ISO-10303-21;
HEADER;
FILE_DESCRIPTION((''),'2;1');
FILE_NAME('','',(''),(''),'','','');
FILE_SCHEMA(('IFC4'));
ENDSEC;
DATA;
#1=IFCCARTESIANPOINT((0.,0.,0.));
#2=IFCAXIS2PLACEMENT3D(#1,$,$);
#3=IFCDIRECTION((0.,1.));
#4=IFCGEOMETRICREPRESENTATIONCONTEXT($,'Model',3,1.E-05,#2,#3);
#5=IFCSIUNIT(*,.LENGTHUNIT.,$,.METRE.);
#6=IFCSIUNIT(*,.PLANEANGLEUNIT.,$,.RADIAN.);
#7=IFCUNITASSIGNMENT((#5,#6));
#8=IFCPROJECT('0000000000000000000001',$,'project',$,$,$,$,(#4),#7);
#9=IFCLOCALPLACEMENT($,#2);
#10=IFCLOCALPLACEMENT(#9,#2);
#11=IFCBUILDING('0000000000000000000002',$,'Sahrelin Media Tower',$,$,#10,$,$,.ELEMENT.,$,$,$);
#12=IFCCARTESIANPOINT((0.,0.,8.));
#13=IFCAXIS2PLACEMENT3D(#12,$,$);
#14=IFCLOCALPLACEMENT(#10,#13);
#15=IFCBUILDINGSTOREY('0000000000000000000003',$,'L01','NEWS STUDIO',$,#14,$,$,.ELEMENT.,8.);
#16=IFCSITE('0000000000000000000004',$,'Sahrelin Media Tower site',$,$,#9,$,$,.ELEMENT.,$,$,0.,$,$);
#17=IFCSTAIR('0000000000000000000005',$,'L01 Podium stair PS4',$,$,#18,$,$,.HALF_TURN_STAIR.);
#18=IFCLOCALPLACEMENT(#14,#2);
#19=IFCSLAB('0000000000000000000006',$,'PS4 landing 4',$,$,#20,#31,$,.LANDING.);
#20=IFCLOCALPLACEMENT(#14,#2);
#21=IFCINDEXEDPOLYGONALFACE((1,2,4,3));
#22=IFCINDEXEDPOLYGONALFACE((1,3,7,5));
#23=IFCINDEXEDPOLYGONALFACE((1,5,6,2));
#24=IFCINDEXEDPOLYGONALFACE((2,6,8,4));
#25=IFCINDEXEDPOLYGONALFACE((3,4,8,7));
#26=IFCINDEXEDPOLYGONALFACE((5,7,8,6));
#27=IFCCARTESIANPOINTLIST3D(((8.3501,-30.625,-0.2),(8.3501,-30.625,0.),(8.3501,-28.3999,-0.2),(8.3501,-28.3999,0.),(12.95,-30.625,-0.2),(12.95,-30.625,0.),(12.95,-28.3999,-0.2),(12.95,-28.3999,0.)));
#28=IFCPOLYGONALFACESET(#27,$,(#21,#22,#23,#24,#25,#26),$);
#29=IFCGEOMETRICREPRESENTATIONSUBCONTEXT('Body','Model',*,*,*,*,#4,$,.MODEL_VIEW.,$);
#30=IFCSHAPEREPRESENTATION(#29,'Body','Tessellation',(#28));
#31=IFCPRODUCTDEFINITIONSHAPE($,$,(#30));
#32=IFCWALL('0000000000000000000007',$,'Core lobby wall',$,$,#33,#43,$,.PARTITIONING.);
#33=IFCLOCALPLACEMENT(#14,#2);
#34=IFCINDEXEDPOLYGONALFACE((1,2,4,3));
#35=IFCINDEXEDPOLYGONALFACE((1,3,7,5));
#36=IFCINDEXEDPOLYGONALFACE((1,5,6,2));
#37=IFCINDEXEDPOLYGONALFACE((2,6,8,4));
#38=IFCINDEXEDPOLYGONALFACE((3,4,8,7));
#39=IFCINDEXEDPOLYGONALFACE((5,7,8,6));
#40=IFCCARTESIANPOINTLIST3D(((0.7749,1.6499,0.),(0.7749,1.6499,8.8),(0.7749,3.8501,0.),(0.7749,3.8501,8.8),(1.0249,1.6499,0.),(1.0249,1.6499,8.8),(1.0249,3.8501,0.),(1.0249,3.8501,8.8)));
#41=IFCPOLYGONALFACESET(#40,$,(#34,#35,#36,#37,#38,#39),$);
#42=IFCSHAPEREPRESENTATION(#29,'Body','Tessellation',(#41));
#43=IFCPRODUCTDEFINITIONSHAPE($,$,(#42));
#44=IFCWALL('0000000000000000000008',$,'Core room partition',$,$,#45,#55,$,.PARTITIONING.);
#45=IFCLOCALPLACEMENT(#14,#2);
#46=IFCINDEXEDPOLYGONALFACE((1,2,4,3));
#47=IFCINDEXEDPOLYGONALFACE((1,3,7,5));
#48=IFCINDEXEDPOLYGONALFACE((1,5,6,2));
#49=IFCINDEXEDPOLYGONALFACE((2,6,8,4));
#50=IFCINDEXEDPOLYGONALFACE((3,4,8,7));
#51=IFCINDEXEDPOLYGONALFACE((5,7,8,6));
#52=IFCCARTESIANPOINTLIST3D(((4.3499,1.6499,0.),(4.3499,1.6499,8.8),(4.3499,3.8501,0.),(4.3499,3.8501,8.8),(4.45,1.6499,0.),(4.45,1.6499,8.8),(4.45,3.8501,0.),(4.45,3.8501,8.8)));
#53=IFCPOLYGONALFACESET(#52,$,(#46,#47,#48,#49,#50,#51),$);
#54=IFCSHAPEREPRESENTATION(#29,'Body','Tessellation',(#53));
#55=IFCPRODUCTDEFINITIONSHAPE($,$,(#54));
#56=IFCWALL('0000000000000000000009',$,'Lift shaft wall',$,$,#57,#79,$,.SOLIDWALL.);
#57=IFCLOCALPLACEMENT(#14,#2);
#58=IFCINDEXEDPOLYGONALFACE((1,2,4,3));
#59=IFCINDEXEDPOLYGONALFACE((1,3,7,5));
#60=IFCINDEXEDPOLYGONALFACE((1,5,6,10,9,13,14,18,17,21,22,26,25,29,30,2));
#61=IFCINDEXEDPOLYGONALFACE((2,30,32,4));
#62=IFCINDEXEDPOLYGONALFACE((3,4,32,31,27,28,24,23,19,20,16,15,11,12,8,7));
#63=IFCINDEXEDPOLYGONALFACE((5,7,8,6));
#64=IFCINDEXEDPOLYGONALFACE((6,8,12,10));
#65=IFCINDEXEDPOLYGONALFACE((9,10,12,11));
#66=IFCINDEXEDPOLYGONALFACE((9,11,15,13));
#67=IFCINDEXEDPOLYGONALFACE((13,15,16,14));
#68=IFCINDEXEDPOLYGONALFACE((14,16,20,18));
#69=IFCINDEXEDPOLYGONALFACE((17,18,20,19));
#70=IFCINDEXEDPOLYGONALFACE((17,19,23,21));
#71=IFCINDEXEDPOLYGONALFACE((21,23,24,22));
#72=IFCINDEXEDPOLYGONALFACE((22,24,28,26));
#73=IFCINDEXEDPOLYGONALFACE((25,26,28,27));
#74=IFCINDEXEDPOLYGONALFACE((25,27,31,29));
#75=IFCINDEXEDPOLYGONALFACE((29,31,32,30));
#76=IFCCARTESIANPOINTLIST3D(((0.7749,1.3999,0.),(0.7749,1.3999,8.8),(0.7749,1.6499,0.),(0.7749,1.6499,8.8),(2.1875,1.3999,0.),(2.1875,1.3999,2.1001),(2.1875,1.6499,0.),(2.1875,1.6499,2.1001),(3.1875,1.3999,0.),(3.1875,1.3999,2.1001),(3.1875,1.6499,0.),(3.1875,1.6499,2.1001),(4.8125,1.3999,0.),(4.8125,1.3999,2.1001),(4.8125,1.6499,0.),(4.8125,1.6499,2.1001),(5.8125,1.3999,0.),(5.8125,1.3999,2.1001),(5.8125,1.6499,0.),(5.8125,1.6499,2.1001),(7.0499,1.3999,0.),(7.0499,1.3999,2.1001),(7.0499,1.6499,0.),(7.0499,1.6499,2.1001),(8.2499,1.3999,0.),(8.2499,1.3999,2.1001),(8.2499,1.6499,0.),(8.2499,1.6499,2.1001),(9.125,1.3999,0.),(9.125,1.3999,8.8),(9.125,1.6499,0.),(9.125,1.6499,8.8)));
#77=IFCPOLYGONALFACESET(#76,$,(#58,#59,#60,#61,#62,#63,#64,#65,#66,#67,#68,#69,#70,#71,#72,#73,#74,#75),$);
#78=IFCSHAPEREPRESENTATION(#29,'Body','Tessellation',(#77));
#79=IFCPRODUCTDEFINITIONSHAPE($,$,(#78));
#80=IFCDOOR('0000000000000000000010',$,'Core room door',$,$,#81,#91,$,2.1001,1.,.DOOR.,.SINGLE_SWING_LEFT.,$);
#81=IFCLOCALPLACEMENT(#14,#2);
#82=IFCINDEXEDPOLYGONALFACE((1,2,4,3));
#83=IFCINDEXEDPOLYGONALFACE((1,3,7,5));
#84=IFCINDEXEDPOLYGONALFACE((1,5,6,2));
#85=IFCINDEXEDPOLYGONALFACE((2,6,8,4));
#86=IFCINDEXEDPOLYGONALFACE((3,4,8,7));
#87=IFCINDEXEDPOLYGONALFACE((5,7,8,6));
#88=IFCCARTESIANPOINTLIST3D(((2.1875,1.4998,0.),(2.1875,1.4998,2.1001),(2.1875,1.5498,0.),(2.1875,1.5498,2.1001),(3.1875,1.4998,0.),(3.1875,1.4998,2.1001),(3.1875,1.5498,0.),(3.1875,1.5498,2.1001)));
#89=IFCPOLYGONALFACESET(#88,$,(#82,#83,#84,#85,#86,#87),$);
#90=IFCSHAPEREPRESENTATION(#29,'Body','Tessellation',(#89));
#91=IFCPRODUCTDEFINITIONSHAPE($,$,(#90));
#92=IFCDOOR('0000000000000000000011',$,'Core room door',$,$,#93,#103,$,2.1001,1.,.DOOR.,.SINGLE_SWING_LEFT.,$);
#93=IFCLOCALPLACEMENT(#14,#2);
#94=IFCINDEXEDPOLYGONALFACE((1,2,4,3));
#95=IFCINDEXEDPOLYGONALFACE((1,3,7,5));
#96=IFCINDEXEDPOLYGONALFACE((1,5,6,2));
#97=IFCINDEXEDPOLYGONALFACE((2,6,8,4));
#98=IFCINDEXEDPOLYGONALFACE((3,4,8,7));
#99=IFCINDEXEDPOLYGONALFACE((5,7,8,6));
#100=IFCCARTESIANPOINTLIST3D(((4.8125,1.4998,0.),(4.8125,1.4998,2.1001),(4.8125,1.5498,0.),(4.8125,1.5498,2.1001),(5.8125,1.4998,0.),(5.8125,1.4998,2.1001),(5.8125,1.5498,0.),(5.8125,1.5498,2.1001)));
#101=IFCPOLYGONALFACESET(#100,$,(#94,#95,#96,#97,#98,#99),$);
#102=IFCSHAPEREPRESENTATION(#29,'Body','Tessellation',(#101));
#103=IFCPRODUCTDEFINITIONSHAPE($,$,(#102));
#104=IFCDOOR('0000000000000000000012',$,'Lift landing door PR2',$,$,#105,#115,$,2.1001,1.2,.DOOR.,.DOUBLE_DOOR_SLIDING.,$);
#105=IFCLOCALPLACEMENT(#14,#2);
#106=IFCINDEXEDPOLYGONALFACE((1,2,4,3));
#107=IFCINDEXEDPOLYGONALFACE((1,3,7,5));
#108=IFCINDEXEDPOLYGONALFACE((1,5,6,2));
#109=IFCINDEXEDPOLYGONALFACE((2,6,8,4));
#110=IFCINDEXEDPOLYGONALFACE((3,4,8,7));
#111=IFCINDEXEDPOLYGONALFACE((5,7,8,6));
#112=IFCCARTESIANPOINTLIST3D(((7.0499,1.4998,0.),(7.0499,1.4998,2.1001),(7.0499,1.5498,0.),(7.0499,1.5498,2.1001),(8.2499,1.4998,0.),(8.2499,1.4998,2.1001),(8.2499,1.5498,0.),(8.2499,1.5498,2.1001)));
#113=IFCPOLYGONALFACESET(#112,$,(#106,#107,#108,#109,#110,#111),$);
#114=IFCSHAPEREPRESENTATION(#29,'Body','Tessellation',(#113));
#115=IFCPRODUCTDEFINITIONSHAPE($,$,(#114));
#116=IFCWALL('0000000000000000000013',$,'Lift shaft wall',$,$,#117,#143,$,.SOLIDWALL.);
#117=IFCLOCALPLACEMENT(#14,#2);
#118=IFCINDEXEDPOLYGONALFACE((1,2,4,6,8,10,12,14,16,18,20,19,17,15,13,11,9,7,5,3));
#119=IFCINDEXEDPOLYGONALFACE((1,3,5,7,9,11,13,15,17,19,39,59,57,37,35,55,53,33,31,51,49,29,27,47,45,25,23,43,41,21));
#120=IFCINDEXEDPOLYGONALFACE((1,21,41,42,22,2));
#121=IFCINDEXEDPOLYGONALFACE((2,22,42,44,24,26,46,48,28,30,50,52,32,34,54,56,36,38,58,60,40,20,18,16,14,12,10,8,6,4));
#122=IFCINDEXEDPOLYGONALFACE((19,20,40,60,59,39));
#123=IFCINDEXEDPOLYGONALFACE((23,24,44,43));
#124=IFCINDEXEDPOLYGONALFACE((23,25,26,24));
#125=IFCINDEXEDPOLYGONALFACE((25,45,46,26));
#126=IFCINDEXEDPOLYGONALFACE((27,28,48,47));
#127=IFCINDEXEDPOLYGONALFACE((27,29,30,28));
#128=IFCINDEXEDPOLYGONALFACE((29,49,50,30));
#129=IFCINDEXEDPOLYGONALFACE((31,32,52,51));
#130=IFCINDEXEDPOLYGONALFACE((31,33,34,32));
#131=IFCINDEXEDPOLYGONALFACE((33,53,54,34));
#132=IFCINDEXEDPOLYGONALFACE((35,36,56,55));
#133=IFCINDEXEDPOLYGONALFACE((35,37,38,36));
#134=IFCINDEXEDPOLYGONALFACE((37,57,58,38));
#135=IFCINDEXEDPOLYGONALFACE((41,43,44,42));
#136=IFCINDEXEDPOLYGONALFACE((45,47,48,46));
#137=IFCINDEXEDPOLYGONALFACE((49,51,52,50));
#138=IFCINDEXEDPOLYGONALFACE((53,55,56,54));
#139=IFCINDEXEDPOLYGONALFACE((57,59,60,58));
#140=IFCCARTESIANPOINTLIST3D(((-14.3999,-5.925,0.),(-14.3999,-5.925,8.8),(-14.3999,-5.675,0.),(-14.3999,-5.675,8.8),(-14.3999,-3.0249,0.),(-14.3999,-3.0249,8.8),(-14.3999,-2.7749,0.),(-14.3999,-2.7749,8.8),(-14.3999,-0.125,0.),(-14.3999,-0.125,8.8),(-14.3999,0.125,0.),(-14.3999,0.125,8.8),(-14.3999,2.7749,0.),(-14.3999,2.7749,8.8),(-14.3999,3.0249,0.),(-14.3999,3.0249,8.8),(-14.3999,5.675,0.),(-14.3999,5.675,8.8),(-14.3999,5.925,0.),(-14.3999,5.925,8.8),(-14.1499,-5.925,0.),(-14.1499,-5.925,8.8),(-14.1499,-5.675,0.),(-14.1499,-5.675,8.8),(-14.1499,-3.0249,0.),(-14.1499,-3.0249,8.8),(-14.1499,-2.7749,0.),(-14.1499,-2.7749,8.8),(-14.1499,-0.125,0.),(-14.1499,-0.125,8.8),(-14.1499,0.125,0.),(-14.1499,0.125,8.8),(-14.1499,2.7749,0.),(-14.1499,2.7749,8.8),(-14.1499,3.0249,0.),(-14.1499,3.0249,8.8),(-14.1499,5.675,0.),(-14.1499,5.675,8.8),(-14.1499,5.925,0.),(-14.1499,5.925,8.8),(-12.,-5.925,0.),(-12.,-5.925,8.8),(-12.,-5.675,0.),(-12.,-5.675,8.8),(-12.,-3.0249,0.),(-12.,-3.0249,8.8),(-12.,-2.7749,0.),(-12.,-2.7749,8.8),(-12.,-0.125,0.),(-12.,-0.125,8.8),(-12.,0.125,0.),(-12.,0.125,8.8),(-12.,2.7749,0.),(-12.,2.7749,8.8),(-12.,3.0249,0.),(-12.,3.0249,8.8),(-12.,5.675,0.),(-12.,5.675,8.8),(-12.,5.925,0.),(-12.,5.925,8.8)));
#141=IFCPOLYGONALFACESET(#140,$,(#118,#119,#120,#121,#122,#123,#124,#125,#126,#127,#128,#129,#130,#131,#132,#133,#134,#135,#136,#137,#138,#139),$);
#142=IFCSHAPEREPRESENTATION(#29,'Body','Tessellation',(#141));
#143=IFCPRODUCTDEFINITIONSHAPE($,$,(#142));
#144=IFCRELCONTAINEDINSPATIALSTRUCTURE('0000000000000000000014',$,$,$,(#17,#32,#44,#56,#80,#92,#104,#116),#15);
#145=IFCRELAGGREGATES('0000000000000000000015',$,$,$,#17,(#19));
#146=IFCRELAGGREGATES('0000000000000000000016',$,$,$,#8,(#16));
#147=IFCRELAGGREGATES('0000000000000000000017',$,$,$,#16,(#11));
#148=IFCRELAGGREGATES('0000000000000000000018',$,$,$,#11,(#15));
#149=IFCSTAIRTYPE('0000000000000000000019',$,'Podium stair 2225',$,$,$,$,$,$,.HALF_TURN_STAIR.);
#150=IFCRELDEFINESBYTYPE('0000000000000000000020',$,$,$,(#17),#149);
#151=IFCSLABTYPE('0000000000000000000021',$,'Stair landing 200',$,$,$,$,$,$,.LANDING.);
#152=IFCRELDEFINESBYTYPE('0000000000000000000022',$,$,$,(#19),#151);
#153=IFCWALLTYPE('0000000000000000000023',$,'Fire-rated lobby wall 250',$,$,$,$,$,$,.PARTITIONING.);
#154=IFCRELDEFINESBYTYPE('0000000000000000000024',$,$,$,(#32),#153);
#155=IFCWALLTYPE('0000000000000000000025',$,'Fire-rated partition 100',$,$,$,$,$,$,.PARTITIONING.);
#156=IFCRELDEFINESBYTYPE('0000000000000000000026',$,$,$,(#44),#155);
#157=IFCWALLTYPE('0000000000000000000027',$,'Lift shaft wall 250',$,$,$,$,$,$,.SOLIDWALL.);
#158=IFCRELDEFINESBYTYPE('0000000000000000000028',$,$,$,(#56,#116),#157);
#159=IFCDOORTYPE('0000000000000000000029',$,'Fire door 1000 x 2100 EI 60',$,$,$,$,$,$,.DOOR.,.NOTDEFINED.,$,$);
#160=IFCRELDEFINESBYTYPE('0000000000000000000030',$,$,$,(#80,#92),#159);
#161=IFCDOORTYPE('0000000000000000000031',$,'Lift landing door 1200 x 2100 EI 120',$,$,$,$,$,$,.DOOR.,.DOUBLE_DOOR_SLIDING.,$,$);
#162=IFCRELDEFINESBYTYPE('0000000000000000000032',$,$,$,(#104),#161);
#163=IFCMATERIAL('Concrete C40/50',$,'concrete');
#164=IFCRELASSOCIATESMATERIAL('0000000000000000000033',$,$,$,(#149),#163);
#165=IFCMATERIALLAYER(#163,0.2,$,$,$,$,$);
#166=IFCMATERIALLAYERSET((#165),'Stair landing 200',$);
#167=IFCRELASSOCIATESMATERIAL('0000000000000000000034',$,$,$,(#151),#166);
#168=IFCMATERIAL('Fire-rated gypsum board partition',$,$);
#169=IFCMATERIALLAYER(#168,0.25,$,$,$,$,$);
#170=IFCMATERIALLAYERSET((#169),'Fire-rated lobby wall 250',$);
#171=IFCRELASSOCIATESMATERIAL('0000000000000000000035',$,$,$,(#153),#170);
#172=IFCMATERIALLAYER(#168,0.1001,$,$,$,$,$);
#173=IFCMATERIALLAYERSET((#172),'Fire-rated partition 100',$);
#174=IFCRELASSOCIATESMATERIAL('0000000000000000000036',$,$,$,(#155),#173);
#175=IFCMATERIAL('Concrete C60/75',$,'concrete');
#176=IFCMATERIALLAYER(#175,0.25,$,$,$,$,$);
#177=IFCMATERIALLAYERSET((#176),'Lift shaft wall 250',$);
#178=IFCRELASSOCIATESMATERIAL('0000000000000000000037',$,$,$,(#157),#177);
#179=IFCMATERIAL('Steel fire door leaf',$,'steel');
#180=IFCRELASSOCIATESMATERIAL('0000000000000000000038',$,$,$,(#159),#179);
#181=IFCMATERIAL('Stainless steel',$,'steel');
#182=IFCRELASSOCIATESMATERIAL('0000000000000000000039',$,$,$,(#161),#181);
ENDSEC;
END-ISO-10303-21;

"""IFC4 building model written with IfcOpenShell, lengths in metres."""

from ifc_helpers import new_model, si_unit, direction, frame, frame_2d, origin, place, context, subcontext, project, spatial, polyline, rectangle, outline, extrude, material, layer, layer_set, type_object, element, fill, aggregate, save


model = new_model("IFC4")

# Units and contexts
model_context = context("Model", 3, precision=1e-05, world=origin(), true_north=direction((0.0, 1.0)))
body_context = subcontext(model_context, "Body", "Model", "MODEL_VIEW")
ifc_project = project(units=[si_unit("LENGTHUNIT", "METRE"), si_unit("PLANEANGLEUNIT", "RADIAN")], contexts=[model_context])

# Site, building, storey
site_placement = place(None, origin())
site = spatial("IfcSite", under=ifc_project, at=site_placement, Name="Sahrelin Media Tower site", CompositionType="ELEMENT", RefElevation=0.0)
building_placement = place(site_placement, origin())
building = spatial("IfcBuilding", under=site, at=building_placement, Name="Sahrelin Media Tower", CompositionType="ELEMENT")
storey_placement = place(building_placement, frame((0.0, 0.0, 8.0)))
storey = spatial("IfcBuildingStorey", under=building, at=storey_placement, Name="L01", Description="NEWS STUDIO", CompositionType="ELEMENT", Elevation=8.0)

# Shared definitions
ifc_material_1 = material(Name="Concrete C40/50", Category="concrete")
placement_1 = place(storey_placement, frame((0.0, 0.0, -0.2)))

# Shared definitions
stair_type = type_object("IfcStairType", Name="Podium stair 2225", PredefinedType="HALF_TURN_STAIR", material=ifc_material_1)
placement_2 = place(storey_placement, origin())
ifc_layer_1 = layer(ifc_material_1, 0.2)
ifc_layer_set_1 = layer_set([ifc_layer_1], Name="Stair landing 200")
slab_type_1 = type_object("IfcSlabType", Name="Stair landing 200", PredefinedType="LANDING", material=ifc_layer_set_1)

# Stair, slab
stair_1 = element("IfcStair", 1, at=placement_2, inside=storey, type_object=stair_type, Name="L01 Podium stair PS4", PredefinedType="HALF_TURN_STAIR")
slab_1 = element("IfcSlab", 2, at=placement_1, type_object=slab_type_1, Name="PS4 landing 4", PredefinedType="LANDING", context=body_context, shape_type="SweptSolid", body=[
    extrude(outline(polyline([(8.3501, -28.3999), (8.3501, -30.625), (12.95, -30.625), (12.95, -28.3999), (8.3501, -28.3999)])), origin(), (0.0, 0.0, 1.0), 0.2),
])
aggregate(stair_1, [slab_1])

# Walls
ifc_material_2 = material(Name="Fire-rated gypsum board partition")
ifc_layer_2 = layer(ifc_material_2, 0.25)
ifc_layer_set_2 = layer_set([ifc_layer_2], Name="Fire-rated lobby wall 250")
wall_type_1 = type_object("IfcWallType", Name="Fire-rated lobby wall 250", PredefinedType="PARTITIONING", material=ifc_layer_set_2)
wall_1_placement = place(storey_placement, frame((0.8999, 1.6499, 0.0), z_axis=(0.0, 0.0, 1.0), x_axis=(0.0, 1.0, 0.0)))
element("IfcWall", 3, at=wall_1_placement, inside=storey, type_object=wall_type_1, Name="Core lobby wall", PredefinedType="PARTITIONING", context=body_context, shape_type="SweptSolid", body=[
    extrude(rectangle(XDim=2.2002, YDim=0.25, at=frame_2d((1.1001, 0.0))), origin(), (0.0, 0.0, 1.0), 8.8),
])
ifc_layer_3 = layer(ifc_material_2, 0.1001)
ifc_layer_set_3 = layer_set([ifc_layer_3], Name="Fire-rated partition 100")
wall_type_2 = type_object("IfcWallType", Name="Fire-rated partition 100", PredefinedType="PARTITIONING", material=ifc_layer_set_3)
wall_2_placement = place(storey_placement, frame((4.3999, 1.6499, 0.0), z_axis=(0.0, 0.0, 1.0), x_axis=(0.0, 1.0, 0.0)))
element("IfcWall", 4, at=wall_2_placement, inside=storey, type_object=wall_type_2, Name="Core room partition", PredefinedType="PARTITIONING", context=body_context, shape_type="SweptSolid", body=[
    extrude(rectangle(XDim=2.2002, YDim=0.1001, at=frame_2d((1.1001, 0.0))), origin(), (0.0, 0.0, 1.0), 8.8),
])

# Wall, openings, doors
ifc_material_3 = material(Name="Concrete C60/75", Category="concrete")
ifc_layer_4 = layer(ifc_material_3, 0.25)
ifc_layer_set_4 = layer_set([ifc_layer_4], Name="Lift shaft wall 250")
wall_type_3 = type_object("IfcWallType", Name="Lift shaft wall 250", PredefinedType="SOLIDWALL", material=ifc_layer_set_4)
wall_3_placement = place(storey_placement, frame((0.7749, 1.5249, 0.0), z_axis=(0.0, 0.0, 1.0), x_axis=(1.0, 0.0, 0.0)))
wall_3 = element("IfcWall", 5, at=wall_3_placement, inside=storey, type_object=wall_type_3, Name="Lift shaft wall", PredefinedType="SOLIDWALL", context=body_context, shape_type="SweptSolid", body=[
    extrude(rectangle(XDim=8.3501, YDim=0.25, at=frame_2d((4.175, 0.0))), origin(), (0.0, 0.0, 1.0), 8.8),
])
opening_1_placement = place(wall_3_placement, frame((6.2749, 0.0, 0.0)))
opening_1 = element("IfcOpeningElement", 6, at=opening_1_placement, cuts=wall_3, PredefinedType="OPENING", context=body_context, shape_type="SweptSolid", body=[
    extrude(rectangle(XDim=1.2, YDim=2.1001, at=frame_2d((0.6001, 1.05))), frame((0.0, 0.125, 0.0), z_axis=(0.0, -1.0, 0.0), x_axis=(1.0, 0.0, 0.0)), (0.0, 0.0, 1.0), 0.25),
])
opening_2_placement = place(wall_3_placement, frame((1.4126, 0.0, 0.0)))
opening_2 = element("IfcOpeningElement", 7, at=opening_2_placement, cuts=wall_3, PredefinedType="OPENING", context=body_context, shape_type="SweptSolid", body=[
    extrude(rectangle(XDim=1.0, YDim=2.1001, at=frame_2d((0.5, 1.05))), frame((0.0, 0.125, 0.0), z_axis=(0.0, -1.0, 0.0), x_axis=(1.0, 0.0, 0.0)), (0.0, 0.0, 1.0), 0.25),
])
opening_3_placement = place(wall_3_placement, frame((4.0376, 0.0, 0.0)))
opening_3 = element("IfcOpeningElement", 8, at=opening_3_placement, cuts=wall_3, PredefinedType="OPENING", context=body_context, shape_type="SweptSolid", body=[
    extrude(rectangle(XDim=1.0, YDim=2.1001, at=frame_2d((0.5, 1.05))), frame((0.0, 0.125, 0.0), z_axis=(0.0, -1.0, 0.0), x_axis=(1.0, 0.0, 0.0)), (0.0, 0.0, 1.0), 0.25),
])
ifc_material_4 = material(Name="Steel fire door leaf", Category="steel")
door_type_1 = type_object("IfcDoorType", Name="Fire door 1000 x 2100 EI 60", OperationType="NOTDEFINED", PredefinedType="DOOR", material=ifc_material_4)
door_1_placement = place(opening_2_placement, origin())
door_1 = element("IfcDoor", 9, at=door_1_placement, inside=storey, type_object=door_type_1, Name="Core room door", OperationType="SINGLE_SWING_LEFT", OverallHeight=2.1001, OverallWidth=1.0, PredefinedType="DOOR", context=body_context, shape_type="SweptSolid", body=[
    extrude(rectangle(XDim=1.0, YDim=2.1001, at=frame_2d((0.5, 1.05))), frame((0.0, 0.0249, 0.0), z_axis=(0.0, -1.0, 0.0), x_axis=(1.0, 0.0, 0.0)), (0.0, 0.0, 1.0), 0.05),
])
fill(opening_2, door_1)
door_2_placement = place(opening_3_placement, origin())
door_2 = element("IfcDoor", 10, at=door_2_placement, inside=storey, type_object=door_type_1, Name="Core room door", OperationType="SINGLE_SWING_LEFT", OverallHeight=2.1001, OverallWidth=1.0, PredefinedType="DOOR", context=body_context, shape_type="SweptSolid", body=[
    extrude(rectangle(XDim=1.0, YDim=2.1001, at=frame_2d((0.5, 1.05))), frame((0.0, 0.0249, 0.0), z_axis=(0.0, -1.0, 0.0), x_axis=(1.0, 0.0, 0.0)), (0.0, 0.0, 1.0), 0.05),
])
fill(opening_3, door_2)
ifc_material_5 = material(Name="Stainless steel", Category="steel")
door_type_2 = type_object("IfcDoorType", Name="Lift landing door 1200 x 2100 EI 120", OperationType="DOUBLE_DOOR_SLIDING", PredefinedType="DOOR", material=ifc_material_5)
door_3_placement = place(opening_1_placement, origin())
door_3 = element("IfcDoor", 11, at=door_3_placement, inside=storey, type_object=door_type_2, Name="Lift landing door PR2", OperationType="DOUBLE_DOOR_SLIDING", OverallHeight=2.1001, OverallWidth=1.2, PredefinedType="DOOR", context=body_context, shape_type="SweptSolid", body=[
    extrude(rectangle(XDim=1.2, YDim=2.1001, at=frame_2d((0.6001, 1.05))), frame((0.0, 0.0249, 0.0), z_axis=(0.0, -1.0, 0.0), x_axis=(1.0, 0.0, 0.0)), (0.0, 0.0, 1.0), 0.05),
])
fill(opening_1, door_3)

# Wall
element("IfcWall", 12, at=placement_2, inside=storey, type_object=wall_type_3, Name="Lift shaft wall", PredefinedType="SOLIDWALL", context=body_context, shape_type="SweptSolid", body=[
    extrude(outline(polyline([(-12.0, -5.925), (-12.0, -5.675), (-14.1499, -5.675), (-14.1499, -3.0249), (-12.0, -3.0249), (-12.0, -2.7749), (-14.1499, -2.7749), (-14.1499, -0.125), (-12.0, -0.125), (-12.0, 0.125), (-14.1499, 0.125), (-14.1499, 2.7749), (-12.0, 2.7749), (-12.0, 3.0249), (-14.1499, 3.0249), (-14.1499, 5.675), (-12.0, 5.675), (-12.0, 5.925), (-14.1499, 5.925), (-14.3999, 5.925), (-14.3999, 5.675), (-14.3999, 3.0249), (-14.3999, 2.7749), (-14.3999, 0.125), (-14.3999, -0.125), (-14.3999, -2.7749), (-14.3999, -3.0249), (-14.3999, -5.675), (-14.3999, -5.925), (-14.1499, -5.925), (-12.0, -5.925)])), origin(), (0.0, 0.0, 1.0), 8.8),
])

save(model, "model.ifc")
